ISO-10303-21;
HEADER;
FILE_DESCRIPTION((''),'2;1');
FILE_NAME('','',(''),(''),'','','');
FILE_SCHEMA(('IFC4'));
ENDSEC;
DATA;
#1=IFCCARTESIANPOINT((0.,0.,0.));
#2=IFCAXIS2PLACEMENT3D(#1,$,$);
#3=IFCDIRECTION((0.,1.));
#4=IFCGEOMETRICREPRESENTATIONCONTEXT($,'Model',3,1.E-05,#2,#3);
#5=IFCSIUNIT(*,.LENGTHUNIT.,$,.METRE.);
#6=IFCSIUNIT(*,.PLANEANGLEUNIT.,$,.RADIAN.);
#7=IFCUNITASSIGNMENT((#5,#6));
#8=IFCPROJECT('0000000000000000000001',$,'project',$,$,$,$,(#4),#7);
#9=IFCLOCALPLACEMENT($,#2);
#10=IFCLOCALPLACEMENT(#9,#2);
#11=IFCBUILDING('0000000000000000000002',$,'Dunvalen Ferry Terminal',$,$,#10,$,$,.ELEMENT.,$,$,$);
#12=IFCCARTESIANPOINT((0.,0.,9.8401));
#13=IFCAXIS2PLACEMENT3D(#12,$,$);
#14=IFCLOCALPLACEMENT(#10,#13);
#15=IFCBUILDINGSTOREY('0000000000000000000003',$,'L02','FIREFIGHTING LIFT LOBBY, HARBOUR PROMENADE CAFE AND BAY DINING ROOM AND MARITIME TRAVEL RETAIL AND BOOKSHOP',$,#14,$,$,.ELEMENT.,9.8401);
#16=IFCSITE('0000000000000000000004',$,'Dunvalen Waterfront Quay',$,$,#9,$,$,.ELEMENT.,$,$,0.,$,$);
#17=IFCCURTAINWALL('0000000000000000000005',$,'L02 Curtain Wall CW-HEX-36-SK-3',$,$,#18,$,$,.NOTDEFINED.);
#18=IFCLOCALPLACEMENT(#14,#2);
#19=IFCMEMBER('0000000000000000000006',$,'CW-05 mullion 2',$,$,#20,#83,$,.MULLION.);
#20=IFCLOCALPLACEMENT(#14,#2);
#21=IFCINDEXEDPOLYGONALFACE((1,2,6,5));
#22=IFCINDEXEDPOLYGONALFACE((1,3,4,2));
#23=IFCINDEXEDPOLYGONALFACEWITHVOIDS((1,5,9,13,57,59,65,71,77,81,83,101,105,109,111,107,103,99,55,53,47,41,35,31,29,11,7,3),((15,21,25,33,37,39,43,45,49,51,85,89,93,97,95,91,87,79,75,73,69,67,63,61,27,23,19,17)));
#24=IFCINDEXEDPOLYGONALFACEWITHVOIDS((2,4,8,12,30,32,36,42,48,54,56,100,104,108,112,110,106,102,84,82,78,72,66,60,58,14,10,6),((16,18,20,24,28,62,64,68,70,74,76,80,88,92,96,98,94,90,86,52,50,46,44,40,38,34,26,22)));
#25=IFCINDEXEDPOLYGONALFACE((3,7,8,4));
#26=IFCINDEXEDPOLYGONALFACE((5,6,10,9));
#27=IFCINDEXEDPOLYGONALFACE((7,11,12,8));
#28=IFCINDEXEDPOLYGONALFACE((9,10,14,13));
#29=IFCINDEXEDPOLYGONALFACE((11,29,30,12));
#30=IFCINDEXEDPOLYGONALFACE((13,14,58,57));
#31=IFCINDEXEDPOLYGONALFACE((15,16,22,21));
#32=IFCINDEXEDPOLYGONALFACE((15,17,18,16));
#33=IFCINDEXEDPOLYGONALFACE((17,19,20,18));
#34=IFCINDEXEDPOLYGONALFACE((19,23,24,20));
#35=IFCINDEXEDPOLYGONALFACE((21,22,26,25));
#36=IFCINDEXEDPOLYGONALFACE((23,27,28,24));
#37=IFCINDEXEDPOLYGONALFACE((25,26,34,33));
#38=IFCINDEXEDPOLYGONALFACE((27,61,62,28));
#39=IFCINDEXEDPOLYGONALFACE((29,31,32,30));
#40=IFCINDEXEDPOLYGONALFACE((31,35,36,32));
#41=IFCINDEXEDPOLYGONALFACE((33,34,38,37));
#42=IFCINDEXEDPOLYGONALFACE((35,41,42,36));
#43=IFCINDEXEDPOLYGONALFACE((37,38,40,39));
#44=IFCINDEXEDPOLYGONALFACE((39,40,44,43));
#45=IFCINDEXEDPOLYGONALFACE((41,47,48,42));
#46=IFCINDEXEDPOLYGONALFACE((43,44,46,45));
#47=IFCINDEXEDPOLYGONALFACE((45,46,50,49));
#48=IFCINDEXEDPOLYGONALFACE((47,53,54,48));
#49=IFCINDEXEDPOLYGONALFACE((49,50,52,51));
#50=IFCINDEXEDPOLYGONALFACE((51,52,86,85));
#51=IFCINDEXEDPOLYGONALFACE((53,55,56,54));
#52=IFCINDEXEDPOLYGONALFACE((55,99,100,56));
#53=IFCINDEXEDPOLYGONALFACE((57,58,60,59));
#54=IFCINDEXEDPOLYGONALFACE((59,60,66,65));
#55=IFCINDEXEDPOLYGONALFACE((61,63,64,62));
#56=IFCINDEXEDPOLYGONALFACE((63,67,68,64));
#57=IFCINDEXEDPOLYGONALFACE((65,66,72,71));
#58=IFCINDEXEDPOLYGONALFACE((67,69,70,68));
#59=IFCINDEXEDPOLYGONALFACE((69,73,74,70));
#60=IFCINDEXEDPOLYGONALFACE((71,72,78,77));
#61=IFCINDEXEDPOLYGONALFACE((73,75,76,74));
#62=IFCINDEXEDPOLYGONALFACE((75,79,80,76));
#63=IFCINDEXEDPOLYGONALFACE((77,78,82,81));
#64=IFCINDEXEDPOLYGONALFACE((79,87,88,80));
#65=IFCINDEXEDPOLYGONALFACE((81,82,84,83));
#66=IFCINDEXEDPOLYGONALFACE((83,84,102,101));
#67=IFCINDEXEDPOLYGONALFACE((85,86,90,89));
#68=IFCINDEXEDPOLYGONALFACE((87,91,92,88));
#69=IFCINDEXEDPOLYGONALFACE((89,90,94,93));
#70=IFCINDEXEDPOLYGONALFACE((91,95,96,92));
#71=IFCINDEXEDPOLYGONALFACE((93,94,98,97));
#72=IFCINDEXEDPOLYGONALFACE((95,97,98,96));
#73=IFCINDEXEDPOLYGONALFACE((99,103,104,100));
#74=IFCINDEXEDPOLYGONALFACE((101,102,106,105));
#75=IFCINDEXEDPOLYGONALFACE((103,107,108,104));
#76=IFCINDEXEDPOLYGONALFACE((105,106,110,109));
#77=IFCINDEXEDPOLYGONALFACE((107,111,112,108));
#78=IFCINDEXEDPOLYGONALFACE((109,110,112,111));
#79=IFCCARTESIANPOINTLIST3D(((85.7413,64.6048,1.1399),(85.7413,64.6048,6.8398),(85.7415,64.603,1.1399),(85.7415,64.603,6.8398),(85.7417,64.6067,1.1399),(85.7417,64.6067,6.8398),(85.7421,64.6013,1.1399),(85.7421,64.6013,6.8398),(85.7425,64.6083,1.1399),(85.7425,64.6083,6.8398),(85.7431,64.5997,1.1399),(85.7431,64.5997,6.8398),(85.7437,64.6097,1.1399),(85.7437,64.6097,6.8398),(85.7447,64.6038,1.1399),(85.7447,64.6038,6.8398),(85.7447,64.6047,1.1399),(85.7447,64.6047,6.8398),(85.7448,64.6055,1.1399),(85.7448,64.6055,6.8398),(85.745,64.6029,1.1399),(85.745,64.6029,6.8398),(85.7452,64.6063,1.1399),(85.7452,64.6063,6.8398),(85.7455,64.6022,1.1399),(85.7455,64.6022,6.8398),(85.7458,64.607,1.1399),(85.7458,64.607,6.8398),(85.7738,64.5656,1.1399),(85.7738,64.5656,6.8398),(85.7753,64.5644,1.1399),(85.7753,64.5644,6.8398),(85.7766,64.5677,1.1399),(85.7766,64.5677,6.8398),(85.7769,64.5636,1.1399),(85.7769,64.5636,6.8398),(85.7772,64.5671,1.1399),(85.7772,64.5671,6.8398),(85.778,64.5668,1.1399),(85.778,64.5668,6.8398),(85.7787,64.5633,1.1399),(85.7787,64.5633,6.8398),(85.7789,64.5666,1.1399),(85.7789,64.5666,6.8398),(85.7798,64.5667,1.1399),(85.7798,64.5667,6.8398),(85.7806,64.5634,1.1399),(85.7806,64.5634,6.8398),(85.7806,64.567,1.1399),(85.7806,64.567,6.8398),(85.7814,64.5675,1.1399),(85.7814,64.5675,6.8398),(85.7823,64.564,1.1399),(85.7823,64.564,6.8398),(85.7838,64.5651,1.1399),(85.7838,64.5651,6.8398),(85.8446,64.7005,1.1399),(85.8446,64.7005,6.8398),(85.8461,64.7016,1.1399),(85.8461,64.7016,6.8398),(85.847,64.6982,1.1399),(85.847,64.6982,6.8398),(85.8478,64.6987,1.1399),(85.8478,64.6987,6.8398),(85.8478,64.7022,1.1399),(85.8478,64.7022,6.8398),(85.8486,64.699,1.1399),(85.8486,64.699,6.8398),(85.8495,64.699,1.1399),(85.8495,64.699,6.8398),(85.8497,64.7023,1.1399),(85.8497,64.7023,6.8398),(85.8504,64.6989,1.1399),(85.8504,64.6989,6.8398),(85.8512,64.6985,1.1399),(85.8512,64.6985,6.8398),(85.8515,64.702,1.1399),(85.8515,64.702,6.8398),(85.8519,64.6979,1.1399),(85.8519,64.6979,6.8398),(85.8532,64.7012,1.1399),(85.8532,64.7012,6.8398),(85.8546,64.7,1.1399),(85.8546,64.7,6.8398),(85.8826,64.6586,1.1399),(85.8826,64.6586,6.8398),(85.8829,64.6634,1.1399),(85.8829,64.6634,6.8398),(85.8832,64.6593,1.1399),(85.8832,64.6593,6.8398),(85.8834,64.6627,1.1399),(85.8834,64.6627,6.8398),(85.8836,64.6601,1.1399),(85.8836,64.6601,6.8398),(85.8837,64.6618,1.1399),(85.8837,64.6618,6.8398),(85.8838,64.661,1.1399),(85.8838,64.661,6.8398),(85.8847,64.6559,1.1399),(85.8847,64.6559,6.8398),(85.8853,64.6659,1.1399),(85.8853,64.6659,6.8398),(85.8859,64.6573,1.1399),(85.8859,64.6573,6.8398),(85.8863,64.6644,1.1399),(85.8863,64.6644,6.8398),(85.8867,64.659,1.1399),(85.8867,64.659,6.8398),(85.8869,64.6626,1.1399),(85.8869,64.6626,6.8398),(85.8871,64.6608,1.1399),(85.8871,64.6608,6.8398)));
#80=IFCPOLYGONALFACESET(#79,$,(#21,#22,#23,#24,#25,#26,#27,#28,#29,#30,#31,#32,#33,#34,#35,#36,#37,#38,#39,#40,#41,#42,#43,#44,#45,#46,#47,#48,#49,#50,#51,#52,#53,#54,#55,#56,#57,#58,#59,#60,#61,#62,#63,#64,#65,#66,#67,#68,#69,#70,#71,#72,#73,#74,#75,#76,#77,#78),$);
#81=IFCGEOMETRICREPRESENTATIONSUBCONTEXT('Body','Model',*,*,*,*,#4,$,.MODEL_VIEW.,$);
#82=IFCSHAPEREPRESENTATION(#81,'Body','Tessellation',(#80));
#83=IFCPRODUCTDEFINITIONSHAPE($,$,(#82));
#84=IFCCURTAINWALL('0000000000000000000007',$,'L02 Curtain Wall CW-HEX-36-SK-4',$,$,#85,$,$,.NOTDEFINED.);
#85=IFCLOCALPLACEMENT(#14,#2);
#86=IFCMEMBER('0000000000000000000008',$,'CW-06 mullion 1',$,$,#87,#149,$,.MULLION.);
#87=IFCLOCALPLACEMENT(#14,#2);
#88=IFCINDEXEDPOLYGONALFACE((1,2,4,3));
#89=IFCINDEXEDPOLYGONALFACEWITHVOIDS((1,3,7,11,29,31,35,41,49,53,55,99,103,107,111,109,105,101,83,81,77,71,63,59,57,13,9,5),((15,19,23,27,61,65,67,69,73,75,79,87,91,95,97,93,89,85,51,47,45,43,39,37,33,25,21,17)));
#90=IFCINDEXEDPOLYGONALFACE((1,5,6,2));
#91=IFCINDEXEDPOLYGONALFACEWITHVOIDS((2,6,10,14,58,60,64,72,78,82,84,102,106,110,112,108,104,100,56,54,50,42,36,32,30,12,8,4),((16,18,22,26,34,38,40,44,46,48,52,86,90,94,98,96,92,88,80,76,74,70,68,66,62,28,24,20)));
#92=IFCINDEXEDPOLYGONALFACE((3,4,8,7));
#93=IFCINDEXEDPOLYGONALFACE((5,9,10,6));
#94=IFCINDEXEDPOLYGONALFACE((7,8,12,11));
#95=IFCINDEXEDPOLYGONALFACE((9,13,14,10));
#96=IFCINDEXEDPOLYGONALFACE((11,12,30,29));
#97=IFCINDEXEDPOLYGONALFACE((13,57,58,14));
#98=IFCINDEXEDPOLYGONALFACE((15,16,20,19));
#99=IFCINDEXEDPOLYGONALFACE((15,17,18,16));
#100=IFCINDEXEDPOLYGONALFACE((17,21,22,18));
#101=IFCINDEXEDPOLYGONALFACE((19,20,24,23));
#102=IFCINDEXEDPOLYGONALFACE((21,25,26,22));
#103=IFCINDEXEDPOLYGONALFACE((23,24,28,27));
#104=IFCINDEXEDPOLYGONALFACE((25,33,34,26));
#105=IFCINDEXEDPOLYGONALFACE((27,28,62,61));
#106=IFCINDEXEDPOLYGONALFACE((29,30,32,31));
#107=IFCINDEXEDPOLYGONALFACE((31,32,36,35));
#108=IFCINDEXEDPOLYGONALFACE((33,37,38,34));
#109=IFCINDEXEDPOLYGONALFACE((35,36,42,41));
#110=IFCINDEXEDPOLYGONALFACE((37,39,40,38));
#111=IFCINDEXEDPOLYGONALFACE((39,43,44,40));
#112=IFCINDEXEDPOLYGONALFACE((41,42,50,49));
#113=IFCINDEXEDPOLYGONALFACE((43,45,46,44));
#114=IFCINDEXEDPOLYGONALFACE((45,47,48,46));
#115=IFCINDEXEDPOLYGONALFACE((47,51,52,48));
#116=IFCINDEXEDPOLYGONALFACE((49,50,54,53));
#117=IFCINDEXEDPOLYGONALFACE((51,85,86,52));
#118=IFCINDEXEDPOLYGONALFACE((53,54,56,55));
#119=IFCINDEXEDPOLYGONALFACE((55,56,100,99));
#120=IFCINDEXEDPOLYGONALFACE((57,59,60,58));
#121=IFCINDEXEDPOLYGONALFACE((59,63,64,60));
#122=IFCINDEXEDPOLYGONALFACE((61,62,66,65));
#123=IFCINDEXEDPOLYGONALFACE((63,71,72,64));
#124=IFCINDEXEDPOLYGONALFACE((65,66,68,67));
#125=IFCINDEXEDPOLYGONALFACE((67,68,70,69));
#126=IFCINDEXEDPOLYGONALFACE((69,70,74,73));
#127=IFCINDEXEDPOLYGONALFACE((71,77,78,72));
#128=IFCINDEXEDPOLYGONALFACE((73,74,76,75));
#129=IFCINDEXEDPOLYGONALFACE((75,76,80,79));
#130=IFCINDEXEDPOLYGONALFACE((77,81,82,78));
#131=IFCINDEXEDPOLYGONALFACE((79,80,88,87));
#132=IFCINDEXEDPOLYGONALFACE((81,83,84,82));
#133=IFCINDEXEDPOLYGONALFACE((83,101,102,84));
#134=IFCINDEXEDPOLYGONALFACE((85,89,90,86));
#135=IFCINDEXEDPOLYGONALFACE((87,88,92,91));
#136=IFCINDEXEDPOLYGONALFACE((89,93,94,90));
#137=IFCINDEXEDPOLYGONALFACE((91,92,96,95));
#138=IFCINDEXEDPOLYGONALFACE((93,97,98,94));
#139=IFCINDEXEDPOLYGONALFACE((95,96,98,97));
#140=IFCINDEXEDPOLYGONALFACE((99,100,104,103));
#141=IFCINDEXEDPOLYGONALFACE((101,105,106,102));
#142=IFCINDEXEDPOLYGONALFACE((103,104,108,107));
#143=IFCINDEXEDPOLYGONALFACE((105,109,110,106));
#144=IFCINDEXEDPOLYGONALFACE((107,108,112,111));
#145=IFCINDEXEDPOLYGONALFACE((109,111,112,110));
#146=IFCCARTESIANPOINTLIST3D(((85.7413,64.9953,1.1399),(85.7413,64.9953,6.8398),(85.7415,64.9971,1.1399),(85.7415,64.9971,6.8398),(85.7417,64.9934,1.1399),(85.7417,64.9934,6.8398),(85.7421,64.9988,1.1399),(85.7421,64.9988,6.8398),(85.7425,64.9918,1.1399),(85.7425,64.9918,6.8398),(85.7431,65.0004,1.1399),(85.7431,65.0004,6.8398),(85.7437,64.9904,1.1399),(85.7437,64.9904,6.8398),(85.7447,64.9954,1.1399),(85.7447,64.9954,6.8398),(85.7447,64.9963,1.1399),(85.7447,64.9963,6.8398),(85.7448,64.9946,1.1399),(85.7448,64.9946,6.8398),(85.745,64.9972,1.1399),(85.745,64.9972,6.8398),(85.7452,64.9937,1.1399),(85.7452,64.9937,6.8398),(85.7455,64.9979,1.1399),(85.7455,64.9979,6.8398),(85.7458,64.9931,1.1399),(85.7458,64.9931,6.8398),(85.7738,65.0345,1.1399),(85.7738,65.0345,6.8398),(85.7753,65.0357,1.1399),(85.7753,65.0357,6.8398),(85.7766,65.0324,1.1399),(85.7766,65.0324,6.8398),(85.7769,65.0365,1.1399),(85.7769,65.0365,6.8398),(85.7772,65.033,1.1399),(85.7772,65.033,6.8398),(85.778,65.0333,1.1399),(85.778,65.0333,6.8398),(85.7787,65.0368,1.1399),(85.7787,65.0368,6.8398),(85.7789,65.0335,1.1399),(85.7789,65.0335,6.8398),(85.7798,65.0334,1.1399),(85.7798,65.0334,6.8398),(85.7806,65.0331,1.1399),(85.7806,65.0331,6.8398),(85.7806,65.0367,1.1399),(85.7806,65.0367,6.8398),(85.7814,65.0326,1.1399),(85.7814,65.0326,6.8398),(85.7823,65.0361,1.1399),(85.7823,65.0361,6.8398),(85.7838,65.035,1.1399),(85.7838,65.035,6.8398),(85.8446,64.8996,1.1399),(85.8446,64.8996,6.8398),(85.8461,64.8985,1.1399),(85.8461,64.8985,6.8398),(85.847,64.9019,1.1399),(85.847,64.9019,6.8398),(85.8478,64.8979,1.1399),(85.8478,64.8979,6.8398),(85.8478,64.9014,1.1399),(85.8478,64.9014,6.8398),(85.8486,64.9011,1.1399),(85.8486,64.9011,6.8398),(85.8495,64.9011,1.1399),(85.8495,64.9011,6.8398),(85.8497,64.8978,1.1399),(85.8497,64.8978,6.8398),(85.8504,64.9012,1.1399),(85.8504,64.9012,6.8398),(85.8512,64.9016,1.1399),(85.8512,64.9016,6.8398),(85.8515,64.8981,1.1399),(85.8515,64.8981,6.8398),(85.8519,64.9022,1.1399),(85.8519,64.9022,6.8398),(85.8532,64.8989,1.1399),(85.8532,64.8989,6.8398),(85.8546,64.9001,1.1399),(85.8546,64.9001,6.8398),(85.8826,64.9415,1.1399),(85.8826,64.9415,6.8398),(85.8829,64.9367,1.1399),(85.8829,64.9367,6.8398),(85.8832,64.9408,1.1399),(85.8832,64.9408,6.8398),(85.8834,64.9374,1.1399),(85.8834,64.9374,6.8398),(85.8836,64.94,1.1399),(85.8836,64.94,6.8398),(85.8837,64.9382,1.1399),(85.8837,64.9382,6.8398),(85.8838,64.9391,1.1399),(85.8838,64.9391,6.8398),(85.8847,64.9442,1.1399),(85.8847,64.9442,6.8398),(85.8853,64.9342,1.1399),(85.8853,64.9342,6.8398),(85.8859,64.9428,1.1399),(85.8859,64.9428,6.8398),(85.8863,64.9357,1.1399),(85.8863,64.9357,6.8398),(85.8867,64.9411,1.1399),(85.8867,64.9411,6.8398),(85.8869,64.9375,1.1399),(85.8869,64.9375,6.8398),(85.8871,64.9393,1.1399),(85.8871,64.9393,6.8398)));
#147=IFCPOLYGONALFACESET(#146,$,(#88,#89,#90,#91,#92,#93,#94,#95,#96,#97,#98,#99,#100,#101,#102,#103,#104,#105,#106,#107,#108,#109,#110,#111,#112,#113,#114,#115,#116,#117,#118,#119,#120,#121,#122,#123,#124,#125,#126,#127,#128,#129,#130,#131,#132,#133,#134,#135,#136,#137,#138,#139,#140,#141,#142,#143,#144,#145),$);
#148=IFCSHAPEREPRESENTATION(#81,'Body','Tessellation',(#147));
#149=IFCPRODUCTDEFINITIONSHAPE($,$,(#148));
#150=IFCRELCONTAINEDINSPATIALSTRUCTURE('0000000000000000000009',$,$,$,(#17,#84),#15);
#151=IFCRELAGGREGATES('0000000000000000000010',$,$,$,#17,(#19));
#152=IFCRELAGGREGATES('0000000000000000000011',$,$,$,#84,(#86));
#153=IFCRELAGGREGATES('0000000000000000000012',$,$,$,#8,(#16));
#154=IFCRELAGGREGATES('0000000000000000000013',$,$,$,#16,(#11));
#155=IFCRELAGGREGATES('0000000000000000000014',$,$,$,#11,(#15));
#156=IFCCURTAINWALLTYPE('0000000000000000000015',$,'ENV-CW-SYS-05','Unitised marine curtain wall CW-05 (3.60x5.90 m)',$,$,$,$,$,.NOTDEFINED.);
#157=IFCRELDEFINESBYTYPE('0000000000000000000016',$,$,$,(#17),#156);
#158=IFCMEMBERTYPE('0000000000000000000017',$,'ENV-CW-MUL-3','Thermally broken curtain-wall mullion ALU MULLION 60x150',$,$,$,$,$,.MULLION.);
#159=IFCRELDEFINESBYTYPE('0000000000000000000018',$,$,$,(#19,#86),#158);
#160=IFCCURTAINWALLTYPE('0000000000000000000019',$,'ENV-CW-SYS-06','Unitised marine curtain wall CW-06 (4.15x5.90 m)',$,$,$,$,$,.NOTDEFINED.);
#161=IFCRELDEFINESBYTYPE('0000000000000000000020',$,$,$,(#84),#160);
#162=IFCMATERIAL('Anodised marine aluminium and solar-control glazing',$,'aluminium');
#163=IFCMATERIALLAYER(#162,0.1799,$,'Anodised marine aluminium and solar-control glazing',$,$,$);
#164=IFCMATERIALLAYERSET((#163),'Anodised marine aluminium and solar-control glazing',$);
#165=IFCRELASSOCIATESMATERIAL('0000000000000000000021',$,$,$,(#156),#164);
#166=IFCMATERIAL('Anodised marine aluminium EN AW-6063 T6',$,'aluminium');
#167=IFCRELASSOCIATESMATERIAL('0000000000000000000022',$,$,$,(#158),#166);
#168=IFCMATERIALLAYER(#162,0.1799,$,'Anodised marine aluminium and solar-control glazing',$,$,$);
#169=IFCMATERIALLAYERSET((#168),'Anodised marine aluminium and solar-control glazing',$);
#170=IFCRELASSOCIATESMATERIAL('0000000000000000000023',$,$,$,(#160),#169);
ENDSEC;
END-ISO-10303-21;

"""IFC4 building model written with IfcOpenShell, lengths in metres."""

from ifc_helpers import new_model, si_unit, direction, frame, origin, origin_2d, place, context, subcontext, project, spatial, hollow_rectangle, extrude, material, layer, layer_set, material_profile, profile_set, type_object, element, aggregate, save


model = new_model("IFC4")

# Units and contexts
model_context = context("Model", 3, precision=1e-05, world=origin(), true_north=direction((0.0, 1.0)))
body_context = subcontext(model_context, "Body", "Model", "MODEL_VIEW")
ifc_project = project(units=[si_unit("LENGTHUNIT", "METRE"), si_unit("PLANEANGLEUNIT", "RADIAN")], contexts=[model_context])

# Site, building, storey
site_placement = place(None, origin())
site = spatial("IfcSite", under=ifc_project, at=site_placement, Name="Dunvalen Waterfront Quay", CompositionType="ELEMENT", RefElevation=0.0)
building_placement = place(site_placement, origin())
building = spatial("IfcBuilding", under=site, at=building_placement, Name="Dunvalen Ferry Terminal", CompositionType="ELEMENT")
storey_placement = place(building_placement, frame((0.0, 0.0, 9.8401)))
storey = spatial("IfcBuildingStorey", under=building, at=storey_placement, Name="L02", Description="FIREFIGHTING LIFT LOBBY, HARBOUR PROMENADE CAFE AND BAY DINING ROOM AND MARITIME TRAVEL RETAIL AND BOOKSHOP", CompositionType="ELEMENT", Elevation=9.8401)

# Curtain wall, member
ifc_material_1 = material(Name="Anodised marine aluminium and solar-control glazing", Category="aluminium")
ifc_layer_1 = layer(ifc_material_1, 0.1799, Name="Anodised marine aluminium and solar-control glazing")
ifc_layer_set_1 = layer_set([ifc_layer_1], Name="Anodised marine aluminium and solar-control glazing")
curtain_wall_type_1 = type_object("IfcCurtainWallType", Name="ENV-CW-SYS-05", Description="Unitised marine curtain wall CW-05 (3.60x5.90 m)", PredefinedType="NOTDEFINED", material=ifc_layer_set_1)
curtain_wall_1_placement = place(storey_placement, origin())
curtain_wall_1 = element("IfcCurtainWall", 1, at=curtain_wall_1_placement, inside=storey, type_object=curtain_wall_type_1, Name="L02 Curtain Wall CW-HEX-36-SK-3", PredefinedType="NOTDEFINED")
ifc_material_2 = material(Name="Anodised marine aluminium EN AW-6063 T6", Category="aluminium")
ifc_material_profile_1 = material_profile(ifc_material_2, hollow_rectangle(XDim=0.0601, YDim=0.1499, WallThickness=0.0034, InnerFilletRadius=0.0034, OuterFilletRadius=0.0071, at=origin_2d()), Name="Anodised marine aluminium EN AW-6063 T6")
ifc_profile_set_1 = profile_set([ifc_material_profile_1], Name="Anodised marine aluminium EN AW-6063 T6")
member_type_1 = type_object("IfcMemberType", Name="ENV-CW-MUL-3", Description="Thermally broken curtain-wall mullion ALU MULLION 60x150", PredefinedType="MULLION", material=ifc_profile_set_1)
member_1_placement = place(storey_placement, frame((85.8142, 64.6328, 1.1399), z_axis=(0.0, 0.0, 1.0), x_axis=(-0.668954, 0.743304, 0.0)))
member_1 = element("IfcMember", 2, at=member_1_placement, type_object=member_type_1, Name="CW-05 mullion 2", PredefinedType="MULLION", context=body_context, shape_type="SweptSolid", body=[
    extrude(hollow_rectangle(XDim=0.0601, YDim=0.1499, WallThickness=0.0034, InnerFilletRadius=0.0034, OuterFilletRadius=0.0071, at=origin_2d()), origin(), (0.0, 0.0, 1.0), 5.7),
])
aggregate(curtain_wall_1, [member_1])

# Curtain wall, member
ifc_layer_2 = layer(ifc_material_1, 0.1799, Name="Anodised marine aluminium and solar-control glazing")
ifc_layer_set_2 = layer_set([ifc_layer_2], Name="Anodised marine aluminium and solar-control glazing")
curtain_wall_type_2 = type_object("IfcCurtainWallType", Name="ENV-CW-SYS-06", Description="Unitised marine curtain wall CW-06 (4.15x5.90 m)", PredefinedType="NOTDEFINED", material=ifc_layer_set_2)
curtain_wall_2_placement = place(storey_placement, origin())
curtain_wall_2 = element("IfcCurtainWall", 3, at=curtain_wall_2_placement, inside=storey, type_object=curtain_wall_type_2, Name="L02 Curtain Wall CW-HEX-36-SK-4", PredefinedType="NOTDEFINED")
member_2_placement = place(storey_placement, frame((85.8142, 64.9673, 1.1399), z_axis=(0.0, 0.0, 1.0), x_axis=(-0.668954, -0.743304, 0.0)))
member_2 = element("IfcMember", 4, at=member_2_placement, type_object=member_type_1, Name="CW-06 mullion 1", PredefinedType="MULLION", context=body_context, shape_type="SweptSolid", body=[
    extrude(hollow_rectangle(XDim=0.0601, YDim=0.1499, WallThickness=0.0034, InnerFilletRadius=0.0034, OuterFilletRadius=0.0071, at=origin_2d()), origin(), (0.0, 0.0, 1.0), 5.7),
])
aggregate(curtain_wall_2, [member_2])

save(model, "model.ifc")
